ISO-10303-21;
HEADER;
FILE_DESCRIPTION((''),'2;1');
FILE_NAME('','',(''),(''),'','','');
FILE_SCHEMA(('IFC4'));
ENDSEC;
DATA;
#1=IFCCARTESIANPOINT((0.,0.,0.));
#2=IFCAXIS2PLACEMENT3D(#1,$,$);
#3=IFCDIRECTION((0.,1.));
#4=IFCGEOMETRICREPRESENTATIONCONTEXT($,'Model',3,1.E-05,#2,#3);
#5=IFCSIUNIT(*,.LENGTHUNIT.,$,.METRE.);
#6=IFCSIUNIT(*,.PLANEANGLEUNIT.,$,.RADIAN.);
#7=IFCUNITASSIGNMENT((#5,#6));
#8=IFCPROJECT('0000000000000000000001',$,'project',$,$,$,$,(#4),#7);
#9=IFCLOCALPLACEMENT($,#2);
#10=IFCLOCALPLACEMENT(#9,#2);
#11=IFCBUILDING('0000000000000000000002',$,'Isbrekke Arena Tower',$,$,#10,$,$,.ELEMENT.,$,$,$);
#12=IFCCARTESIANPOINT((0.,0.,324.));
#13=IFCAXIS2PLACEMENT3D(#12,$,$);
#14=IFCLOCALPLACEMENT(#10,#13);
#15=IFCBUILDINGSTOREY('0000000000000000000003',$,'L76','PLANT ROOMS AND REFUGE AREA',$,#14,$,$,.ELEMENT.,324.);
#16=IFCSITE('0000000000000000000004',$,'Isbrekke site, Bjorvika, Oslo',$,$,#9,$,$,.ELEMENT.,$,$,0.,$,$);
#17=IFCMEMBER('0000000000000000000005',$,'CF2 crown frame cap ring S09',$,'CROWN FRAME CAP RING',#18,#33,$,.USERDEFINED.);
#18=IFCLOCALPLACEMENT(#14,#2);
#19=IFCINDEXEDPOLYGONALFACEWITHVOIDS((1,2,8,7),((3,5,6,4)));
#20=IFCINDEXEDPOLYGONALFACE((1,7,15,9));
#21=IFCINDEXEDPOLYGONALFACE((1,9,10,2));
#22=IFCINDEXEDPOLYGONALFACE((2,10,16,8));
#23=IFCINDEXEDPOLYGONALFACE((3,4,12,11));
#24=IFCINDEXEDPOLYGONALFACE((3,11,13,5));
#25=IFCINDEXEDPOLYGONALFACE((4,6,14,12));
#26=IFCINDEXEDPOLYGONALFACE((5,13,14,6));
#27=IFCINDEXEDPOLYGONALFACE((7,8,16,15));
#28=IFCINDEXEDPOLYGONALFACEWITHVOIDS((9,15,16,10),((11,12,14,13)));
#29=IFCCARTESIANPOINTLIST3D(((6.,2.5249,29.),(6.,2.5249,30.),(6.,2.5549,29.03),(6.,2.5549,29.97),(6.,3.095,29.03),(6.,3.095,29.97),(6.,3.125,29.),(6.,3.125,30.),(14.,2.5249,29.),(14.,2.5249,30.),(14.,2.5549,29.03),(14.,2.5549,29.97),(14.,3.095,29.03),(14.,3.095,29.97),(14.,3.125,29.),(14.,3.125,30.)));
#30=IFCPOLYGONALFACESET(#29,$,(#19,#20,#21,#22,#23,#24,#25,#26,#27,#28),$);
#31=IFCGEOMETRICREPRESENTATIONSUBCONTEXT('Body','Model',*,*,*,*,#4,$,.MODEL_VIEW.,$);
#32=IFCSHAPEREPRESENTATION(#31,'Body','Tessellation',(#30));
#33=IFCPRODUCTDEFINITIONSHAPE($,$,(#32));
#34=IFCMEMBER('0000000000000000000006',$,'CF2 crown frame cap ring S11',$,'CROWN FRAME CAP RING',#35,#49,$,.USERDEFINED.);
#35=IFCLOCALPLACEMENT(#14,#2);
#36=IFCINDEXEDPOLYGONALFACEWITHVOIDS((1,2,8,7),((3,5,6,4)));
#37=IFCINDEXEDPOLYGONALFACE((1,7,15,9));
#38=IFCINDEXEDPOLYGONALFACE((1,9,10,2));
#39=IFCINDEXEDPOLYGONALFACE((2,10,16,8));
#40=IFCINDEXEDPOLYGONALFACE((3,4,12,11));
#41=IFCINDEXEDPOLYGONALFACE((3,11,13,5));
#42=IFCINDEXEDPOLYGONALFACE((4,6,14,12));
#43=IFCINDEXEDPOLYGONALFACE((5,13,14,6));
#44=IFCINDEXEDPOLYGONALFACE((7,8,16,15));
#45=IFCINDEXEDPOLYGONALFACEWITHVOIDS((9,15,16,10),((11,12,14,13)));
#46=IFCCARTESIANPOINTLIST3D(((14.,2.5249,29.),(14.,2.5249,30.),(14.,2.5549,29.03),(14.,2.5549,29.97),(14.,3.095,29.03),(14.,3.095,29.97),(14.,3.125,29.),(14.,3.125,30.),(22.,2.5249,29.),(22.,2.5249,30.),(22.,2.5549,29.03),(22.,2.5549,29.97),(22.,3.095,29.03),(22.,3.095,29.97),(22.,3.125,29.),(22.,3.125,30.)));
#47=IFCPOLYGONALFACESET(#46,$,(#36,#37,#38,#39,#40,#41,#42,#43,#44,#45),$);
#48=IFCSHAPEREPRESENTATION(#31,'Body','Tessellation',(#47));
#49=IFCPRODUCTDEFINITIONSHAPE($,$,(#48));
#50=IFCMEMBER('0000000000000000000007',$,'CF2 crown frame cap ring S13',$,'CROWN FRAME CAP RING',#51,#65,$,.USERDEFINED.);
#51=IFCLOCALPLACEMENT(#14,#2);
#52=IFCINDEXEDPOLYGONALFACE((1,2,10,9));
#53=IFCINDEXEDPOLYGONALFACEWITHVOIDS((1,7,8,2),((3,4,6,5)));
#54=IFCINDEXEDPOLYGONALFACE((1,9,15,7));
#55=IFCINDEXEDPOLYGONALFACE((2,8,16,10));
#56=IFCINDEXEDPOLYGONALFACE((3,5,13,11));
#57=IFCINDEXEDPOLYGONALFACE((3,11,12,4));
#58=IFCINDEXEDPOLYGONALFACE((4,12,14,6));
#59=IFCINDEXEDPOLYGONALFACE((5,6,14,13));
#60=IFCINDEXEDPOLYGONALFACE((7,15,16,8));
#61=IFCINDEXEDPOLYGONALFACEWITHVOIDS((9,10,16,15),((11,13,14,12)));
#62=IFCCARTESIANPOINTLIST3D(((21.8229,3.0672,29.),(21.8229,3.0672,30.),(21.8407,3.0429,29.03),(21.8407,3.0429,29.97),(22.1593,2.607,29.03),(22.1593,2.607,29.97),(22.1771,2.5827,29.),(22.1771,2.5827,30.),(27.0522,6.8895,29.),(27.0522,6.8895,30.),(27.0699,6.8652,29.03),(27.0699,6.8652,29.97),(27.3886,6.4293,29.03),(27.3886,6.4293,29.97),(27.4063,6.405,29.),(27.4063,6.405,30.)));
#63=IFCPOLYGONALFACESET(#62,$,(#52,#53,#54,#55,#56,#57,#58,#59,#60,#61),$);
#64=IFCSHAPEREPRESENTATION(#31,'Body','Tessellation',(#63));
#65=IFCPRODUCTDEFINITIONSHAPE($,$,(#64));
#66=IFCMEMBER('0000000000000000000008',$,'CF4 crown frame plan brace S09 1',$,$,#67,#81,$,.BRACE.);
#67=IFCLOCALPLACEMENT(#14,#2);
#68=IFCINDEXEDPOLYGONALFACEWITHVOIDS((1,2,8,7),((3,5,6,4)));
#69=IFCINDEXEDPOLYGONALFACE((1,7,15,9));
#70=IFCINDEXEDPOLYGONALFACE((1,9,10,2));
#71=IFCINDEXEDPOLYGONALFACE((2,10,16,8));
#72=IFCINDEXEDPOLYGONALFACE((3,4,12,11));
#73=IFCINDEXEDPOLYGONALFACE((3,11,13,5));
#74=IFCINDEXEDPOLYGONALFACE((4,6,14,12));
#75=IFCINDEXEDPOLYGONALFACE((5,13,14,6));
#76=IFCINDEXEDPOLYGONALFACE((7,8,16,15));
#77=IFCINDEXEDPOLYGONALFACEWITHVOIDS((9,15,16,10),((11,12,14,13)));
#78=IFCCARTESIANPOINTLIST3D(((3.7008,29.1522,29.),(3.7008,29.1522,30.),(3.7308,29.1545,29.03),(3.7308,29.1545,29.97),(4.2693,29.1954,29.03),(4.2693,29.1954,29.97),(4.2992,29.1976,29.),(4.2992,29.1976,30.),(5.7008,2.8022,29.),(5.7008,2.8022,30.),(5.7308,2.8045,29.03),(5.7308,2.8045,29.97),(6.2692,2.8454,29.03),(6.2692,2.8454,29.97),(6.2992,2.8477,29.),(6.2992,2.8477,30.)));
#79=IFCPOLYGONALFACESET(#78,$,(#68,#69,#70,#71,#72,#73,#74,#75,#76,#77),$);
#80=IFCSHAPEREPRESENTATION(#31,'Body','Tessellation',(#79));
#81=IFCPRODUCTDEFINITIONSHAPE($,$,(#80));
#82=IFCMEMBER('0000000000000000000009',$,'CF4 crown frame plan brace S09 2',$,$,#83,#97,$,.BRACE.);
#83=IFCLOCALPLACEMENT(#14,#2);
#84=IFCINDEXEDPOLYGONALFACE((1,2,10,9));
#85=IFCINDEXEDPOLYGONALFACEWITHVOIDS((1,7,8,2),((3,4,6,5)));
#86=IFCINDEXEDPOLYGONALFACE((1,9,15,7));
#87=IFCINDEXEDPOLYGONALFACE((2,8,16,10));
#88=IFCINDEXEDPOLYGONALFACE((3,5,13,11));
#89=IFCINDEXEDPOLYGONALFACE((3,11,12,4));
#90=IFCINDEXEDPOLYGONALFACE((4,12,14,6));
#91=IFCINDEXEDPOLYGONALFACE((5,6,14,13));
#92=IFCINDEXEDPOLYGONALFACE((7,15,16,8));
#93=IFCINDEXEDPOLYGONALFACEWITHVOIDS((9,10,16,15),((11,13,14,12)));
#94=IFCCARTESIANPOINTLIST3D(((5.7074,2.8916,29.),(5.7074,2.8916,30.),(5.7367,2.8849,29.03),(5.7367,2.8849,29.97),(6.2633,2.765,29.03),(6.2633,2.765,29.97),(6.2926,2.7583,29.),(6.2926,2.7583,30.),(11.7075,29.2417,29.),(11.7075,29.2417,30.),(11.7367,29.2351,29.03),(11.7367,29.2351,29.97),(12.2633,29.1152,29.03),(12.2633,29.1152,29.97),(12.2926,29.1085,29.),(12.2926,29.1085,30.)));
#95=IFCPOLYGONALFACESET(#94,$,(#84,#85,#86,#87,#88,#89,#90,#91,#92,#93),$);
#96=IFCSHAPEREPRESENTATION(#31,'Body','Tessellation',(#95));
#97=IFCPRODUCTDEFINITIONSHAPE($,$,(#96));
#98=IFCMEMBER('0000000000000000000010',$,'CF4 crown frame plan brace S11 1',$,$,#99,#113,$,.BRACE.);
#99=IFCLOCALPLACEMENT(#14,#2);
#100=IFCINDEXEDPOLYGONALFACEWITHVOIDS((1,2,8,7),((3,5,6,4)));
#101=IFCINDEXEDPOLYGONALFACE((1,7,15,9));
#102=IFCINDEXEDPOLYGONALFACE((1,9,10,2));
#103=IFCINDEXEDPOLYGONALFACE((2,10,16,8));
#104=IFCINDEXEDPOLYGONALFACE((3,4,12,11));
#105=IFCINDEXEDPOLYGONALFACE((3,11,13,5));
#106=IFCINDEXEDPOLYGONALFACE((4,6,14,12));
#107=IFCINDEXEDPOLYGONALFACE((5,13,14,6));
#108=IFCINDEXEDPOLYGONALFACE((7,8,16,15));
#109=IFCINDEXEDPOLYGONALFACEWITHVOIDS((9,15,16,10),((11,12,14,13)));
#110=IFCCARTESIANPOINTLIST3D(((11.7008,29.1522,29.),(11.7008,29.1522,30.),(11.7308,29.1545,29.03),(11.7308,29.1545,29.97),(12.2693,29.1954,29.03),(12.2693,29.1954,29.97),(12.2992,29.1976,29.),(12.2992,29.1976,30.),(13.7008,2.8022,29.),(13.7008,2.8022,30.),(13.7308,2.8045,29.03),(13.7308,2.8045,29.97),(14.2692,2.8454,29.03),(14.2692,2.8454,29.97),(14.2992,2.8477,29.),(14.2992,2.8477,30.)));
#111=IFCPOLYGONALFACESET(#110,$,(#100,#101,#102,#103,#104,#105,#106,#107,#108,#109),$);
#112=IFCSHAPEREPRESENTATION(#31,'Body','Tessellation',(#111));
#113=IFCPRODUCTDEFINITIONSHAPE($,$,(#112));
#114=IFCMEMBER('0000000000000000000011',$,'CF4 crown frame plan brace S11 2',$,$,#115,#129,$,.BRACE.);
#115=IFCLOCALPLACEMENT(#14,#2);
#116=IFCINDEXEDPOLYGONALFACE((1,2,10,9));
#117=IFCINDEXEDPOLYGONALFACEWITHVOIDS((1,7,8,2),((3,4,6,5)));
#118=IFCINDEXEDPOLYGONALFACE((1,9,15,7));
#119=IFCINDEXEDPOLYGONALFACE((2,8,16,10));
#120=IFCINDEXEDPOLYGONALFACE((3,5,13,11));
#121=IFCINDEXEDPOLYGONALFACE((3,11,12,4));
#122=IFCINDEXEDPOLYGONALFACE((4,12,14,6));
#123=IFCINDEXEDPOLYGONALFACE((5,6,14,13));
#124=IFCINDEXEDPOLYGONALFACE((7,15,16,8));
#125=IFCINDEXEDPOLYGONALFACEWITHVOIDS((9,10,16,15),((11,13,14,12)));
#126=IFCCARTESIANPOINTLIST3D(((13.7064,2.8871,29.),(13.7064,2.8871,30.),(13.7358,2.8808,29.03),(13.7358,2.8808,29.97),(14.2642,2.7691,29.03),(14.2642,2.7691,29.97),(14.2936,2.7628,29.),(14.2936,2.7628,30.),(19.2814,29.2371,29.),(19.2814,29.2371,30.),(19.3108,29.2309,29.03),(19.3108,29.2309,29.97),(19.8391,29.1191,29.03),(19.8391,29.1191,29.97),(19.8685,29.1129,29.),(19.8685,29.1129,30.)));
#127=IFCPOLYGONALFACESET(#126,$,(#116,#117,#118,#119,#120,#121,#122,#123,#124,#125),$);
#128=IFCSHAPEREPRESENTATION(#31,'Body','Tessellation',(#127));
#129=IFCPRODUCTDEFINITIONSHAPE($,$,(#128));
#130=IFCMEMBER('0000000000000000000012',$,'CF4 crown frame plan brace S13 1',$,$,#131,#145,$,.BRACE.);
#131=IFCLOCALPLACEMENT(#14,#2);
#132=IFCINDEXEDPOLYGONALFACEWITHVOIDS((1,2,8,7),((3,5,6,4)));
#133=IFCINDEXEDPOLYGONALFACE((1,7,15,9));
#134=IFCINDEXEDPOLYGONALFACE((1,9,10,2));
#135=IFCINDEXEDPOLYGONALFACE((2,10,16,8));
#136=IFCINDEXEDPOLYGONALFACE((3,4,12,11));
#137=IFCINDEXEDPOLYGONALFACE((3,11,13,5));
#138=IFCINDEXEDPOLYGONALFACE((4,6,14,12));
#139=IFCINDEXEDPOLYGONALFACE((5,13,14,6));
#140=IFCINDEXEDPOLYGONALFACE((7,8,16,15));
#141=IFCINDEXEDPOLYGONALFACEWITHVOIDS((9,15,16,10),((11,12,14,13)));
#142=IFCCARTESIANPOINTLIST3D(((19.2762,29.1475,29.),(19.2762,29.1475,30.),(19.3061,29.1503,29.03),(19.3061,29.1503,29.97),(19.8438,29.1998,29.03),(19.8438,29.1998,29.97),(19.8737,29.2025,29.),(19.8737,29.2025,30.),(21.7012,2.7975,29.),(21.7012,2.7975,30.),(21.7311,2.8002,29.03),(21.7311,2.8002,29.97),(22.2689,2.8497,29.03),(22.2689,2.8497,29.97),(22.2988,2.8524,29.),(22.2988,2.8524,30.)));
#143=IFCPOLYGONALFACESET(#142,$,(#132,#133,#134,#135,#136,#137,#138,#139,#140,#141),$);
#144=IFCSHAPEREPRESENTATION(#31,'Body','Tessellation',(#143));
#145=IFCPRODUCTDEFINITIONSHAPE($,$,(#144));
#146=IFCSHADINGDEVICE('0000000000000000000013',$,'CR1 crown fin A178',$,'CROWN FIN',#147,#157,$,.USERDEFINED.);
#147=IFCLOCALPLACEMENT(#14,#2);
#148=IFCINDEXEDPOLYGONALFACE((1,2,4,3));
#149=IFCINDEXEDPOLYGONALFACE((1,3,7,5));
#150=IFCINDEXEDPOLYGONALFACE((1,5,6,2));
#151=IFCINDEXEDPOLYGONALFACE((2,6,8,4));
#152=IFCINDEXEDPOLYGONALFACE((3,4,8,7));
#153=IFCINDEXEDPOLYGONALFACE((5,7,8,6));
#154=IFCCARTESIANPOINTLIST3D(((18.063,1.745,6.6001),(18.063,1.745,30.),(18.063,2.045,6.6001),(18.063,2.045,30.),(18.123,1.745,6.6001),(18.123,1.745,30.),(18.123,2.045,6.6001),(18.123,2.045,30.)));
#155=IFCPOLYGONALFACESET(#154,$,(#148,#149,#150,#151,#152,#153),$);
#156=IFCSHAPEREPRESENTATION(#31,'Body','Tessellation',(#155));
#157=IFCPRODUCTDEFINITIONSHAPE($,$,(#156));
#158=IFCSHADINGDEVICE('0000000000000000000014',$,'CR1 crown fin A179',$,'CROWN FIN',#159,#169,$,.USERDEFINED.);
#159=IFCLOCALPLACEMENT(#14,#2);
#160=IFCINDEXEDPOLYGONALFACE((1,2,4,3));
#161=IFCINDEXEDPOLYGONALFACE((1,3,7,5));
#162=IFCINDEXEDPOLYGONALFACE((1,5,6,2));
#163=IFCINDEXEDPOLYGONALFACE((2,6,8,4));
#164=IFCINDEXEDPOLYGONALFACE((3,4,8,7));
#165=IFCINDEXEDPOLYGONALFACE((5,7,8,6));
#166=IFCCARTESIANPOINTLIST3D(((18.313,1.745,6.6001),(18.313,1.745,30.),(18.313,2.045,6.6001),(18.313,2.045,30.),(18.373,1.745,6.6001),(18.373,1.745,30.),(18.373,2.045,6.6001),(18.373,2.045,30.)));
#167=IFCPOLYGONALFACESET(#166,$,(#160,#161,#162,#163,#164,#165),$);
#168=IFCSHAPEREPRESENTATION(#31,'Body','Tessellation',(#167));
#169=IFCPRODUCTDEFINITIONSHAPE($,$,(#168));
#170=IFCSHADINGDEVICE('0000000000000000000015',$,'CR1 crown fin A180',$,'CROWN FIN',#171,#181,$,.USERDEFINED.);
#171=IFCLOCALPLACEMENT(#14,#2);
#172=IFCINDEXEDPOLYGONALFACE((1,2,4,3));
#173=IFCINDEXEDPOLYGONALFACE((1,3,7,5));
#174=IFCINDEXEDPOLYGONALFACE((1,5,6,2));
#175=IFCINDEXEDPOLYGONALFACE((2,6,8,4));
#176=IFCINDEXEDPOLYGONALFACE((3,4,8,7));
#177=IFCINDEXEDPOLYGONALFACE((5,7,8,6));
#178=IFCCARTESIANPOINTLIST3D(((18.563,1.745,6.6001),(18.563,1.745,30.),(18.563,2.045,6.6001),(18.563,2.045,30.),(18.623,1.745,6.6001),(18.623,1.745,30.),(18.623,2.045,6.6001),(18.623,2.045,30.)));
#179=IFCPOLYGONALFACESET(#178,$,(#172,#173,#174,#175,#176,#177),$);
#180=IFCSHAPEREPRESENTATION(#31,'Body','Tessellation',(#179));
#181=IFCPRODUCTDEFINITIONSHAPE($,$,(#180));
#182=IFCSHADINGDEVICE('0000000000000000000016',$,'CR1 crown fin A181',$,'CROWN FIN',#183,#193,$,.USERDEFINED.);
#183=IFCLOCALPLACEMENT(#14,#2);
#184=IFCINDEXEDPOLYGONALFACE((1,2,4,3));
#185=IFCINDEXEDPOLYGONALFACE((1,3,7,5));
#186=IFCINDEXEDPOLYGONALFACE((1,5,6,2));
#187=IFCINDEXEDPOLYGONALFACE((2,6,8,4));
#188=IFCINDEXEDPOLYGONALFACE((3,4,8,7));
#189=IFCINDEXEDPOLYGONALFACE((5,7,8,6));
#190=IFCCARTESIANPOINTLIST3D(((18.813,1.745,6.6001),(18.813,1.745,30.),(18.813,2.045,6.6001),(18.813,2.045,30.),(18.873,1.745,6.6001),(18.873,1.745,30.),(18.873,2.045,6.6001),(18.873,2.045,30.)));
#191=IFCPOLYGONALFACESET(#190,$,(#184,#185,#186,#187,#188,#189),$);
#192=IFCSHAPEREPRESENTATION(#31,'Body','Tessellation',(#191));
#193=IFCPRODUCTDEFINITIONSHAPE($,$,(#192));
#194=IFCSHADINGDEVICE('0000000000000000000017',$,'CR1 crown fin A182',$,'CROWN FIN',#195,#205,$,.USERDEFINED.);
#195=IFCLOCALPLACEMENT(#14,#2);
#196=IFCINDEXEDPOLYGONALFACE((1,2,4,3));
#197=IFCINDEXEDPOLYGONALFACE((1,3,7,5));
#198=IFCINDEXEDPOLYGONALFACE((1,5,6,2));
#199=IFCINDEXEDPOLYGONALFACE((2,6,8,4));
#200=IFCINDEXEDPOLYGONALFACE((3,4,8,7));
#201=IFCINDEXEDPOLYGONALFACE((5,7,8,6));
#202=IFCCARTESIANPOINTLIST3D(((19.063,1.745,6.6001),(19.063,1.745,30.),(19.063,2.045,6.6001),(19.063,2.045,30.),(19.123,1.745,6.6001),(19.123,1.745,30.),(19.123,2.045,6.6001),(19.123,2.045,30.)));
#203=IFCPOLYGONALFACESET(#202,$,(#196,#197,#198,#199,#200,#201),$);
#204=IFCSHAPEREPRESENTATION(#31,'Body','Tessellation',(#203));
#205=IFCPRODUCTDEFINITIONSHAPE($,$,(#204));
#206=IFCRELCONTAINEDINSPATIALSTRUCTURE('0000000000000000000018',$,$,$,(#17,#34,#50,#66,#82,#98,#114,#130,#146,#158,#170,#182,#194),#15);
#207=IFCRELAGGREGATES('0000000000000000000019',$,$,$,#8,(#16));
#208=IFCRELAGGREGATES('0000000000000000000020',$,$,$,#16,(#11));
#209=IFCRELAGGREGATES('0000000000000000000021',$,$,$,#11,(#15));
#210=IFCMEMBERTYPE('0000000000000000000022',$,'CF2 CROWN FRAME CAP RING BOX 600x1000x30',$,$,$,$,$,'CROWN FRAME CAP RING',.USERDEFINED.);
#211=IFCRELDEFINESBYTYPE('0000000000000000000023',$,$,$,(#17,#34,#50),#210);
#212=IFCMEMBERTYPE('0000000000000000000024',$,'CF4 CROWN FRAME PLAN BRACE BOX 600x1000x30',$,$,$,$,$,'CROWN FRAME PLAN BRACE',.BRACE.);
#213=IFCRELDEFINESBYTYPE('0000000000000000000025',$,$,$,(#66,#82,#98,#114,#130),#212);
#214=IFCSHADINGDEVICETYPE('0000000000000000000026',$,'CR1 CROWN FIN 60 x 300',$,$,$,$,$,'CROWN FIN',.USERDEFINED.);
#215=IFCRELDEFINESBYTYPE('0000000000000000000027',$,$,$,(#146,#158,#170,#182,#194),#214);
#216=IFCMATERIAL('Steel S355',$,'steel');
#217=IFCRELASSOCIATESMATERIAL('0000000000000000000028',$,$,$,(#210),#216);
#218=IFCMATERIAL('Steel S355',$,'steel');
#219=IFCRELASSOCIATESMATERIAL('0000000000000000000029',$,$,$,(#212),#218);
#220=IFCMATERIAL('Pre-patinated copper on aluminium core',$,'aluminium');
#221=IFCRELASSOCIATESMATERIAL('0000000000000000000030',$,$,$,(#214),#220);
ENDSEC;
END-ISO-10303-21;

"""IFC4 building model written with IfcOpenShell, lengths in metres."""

from ifc_helpers import new_model, si_unit, direction, frame, origin, origin_2d, place, context, subcontext, project, spatial, rectangle, hollow_rectangle, extrude, material, material_profile, profile_set, type_object, element, save


model = new_model("IFC4")

# Units and contexts
model_context = context("Model", 3, precision=1e-05, world=origin(), true_north=direction((0.0, 1.0)))
body_context = subcontext(model_context, "Body", "Model", "MODEL_VIEW")
ifc_project = project(units=[si_unit("LENGTHUNIT", "METRE"), si_unit("PLANEANGLEUNIT", "RADIAN")], contexts=[model_context])

# Site, building, storey
site_placement = place(None, origin())
site = spatial("IfcSite", under=ifc_project, at=site_placement, Name="Isbrekke site, Bjorvika, Oslo", CompositionType="ELEMENT", RefElevation=0.0)
building_placement = place(site_placement, origin())
building = spatial("IfcBuilding", under=site, at=building_placement, Name="Isbrekke Arena Tower", CompositionType="ELEMENT")
storey_placement = place(building_placement, frame((0.0, 0.0, 324.0)))
storey = spatial("IfcBuildingStorey", under=building, at=storey_placement, Name="L76", Description="PLANT ROOMS AND REFUGE AREA", CompositionType="ELEMENT", Elevation=324.0)

# Members
ifc_material_1 = material(Name="Steel S355", Category="steel")
ifc_material_profile_1 = material_profile(ifc_material_1, hollow_rectangle(XDim=0.6001, YDim=1.0, WallThickness=0.03, at=origin_2d()), Name="BOX 600x1000x30")
ifc_profile_set_1 = profile_set([ifc_material_profile_1], Name="Steel S355")
member_type_1 = type_object("IfcMemberType", Name="CF2 CROWN FRAME CAP RING BOX 600x1000x30", ElementType="CROWN FRAME CAP RING", PredefinedType="USERDEFINED", material=ifc_profile_set_1)
for number, where, z_axis, x_axis, name in (
    (1, (6.0, 2.825, 29.5), (1.0, 0.0, 0.0), (0.0, 1.0, 0.0), "CF2 crown frame cap ring S09"),
    (2, (14.0, 2.825, 29.5), (1.0, 0.0, 0.0), (0.0, 1.0, 0.0), "CF2 crown frame cap ring S11"),
):
    element("IfcMember", number, at=place(storey_placement, frame(where, z_axis=z_axis, x_axis=x_axis)), inside=storey, type_object=member_type_1, Name=name, ObjectType="CROWN FRAME CAP RING", PredefinedType="USERDEFINED", context=body_context, shape_type="SweptSolid", body=[
        extrude(hollow_rectangle(XDim=0.6001, YDim=1.0, WallThickness=0.03, at=origin_2d()), origin(), (0.0, 0.0, 1.0), 8.0),
    ])
member_1_placement = place(storey_placement, frame((22.0, 2.825, 29.5), z_axis=(0.807326, 0.590106, 0.0), x_axis=(-0.590106, 0.807326, 0.0)))
element("IfcMember", 3, at=member_1_placement, inside=storey, type_object=member_type_1, Name="CF2 crown frame cap ring S13", ObjectType="CROWN FRAME CAP RING", PredefinedType="USERDEFINED", context=body_context, shape_type="SweptSolid", body=[
    extrude(hollow_rectangle(XDim=0.6001, YDim=1.0, WallThickness=0.03, at=origin_2d()), origin(), (0.0, 0.0, 1.0), 6.4773),
])
ifc_material_2 = material(Name="Steel S355", Category="steel")
ifc_material_profile_2 = material_profile(ifc_material_2, hollow_rectangle(XDim=0.6001, YDim=1.0, WallThickness=0.03, at=origin_2d()), Name="BOX 600x1000x30")
ifc_profile_set_2 = profile_set([ifc_material_profile_2], Name="Steel S355")
member_type_2 = type_object("IfcMemberType", Name="CF4 CROWN FRAME PLAN BRACE BOX 600x1000x30", ElementType="CROWN FRAME PLAN BRACE", PredefinedType="BRACE", material=ifc_profile_set_2)
member_2_placement = place(storey_placement, frame((6.0, 2.825, 29.5), z_axis=(-0.075683, 0.997132, 0.0), x_axis=(-0.997132, -0.075683, 0.0)))
element("IfcMember", 4, at=member_2_placement, inside=storey, type_object=member_type_2, Name="CF4 crown frame plan brace S09 1", PredefinedType="BRACE", context=body_context, shape_type="SweptSolid", body=[
    extrude(hollow_rectangle(XDim=0.6001, YDim=1.0, WallThickness=0.03, at=origin_2d()), origin(), (0.0, 0.0, 1.0), 26.4258),
])
member_3_placement = place(storey_placement, frame((6.0, 2.825, 29.5), z_axis=(0.22202, 0.975042, 0.0), x_axis=(-0.975042, 0.22202, 0.0)))
element("IfcMember", 5, at=member_3_placement, inside=storey, type_object=member_type_2, Name="CF4 crown frame plan brace S09 2", PredefinedType="BRACE", context=body_context, shape_type="SweptSolid", body=[
    extrude(hollow_rectangle(XDim=0.6001, YDim=1.0, WallThickness=0.03, at=origin_2d()), origin(), (0.0, 0.0, 1.0), 27.0247),
])
member_4_placement = place(storey_placement, frame((14.0, 2.825, 29.5), z_axis=(-0.075683, 0.997132, 0.0), x_axis=(-0.997132, -0.075683, 0.0)))
element("IfcMember", 6, at=member_4_placement, inside=storey, type_object=member_type_2, Name="CF4 crown frame plan brace S11 1", PredefinedType="BRACE", context=body_context, shape_type="SweptSolid", body=[
    extrude(hollow_rectangle(XDim=0.6001, YDim=1.0, WallThickness=0.03, at=origin_2d()), origin(), (0.0, 0.0, 1.0), 26.4258),
])
member_5_placement = place(storey_placement, frame((14.0, 2.825, 29.5), z_axis=(0.20699, 0.978343, 0.0), x_axis=(-0.978343, 0.20699, 0.0)))
element("IfcMember", 7, at=member_5_placement, inside=storey, type_object=member_type_2, Name="CF4 crown frame plan brace S11 2", PredefinedType="BRACE", context=body_context, shape_type="SweptSolid", body=[
    extrude(hollow_rectangle(XDim=0.6001, YDim=1.0, WallThickness=0.03, at=origin_2d()), origin(), (0.0, 0.0, 1.0), 26.9333),
])
member_6_placement = place(storey_placement, frame((22.0, 2.825, 29.5), z_axis=(-0.091645, 0.995792, 0.0), x_axis=(-0.995792, -0.091645, 0.0)))
element("IfcMember", 8, at=member_6_placement, inside=storey, type_object=member_type_2, Name="CF4 crown frame plan brace S13 1", PredefinedType="BRACE", context=body_context, shape_type="SweptSolid", body=[
    extrude(hollow_rectangle(XDim=0.6001, YDim=1.0, WallThickness=0.03, at=origin_2d()), origin(), (0.0, 0.0, 1.0), 26.4614),
])

# Shading devices
ifc_material_3 = material(Name="Pre-patinated copper on aluminium core", Category="aluminium")
ifc_material_profile_3 = material_profile(ifc_material_3, rectangle(XDim=0.0601, YDim=0.3, at=origin_2d()), Name="FIN 60X300")
ifc_profile_set_3 = profile_set([ifc_material_profile_3], Name="Pre-patinated copper on aluminium core")
shading_device_type = type_object("IfcShadingDeviceType", Name="CR1 CROWN FIN 60 x 300", ElementType="CROWN FIN", PredefinedType="USERDEFINED", material=ifc_profile_set_3)
for number, where, z_axis, x_axis, name in (
    (9, (18.093, 1.895, 6.6001), (0.0, 0.0, 1.0), (1.0, 0.0, 0.0), "CR1 crown fin A178"),
    (10, (18.343, 1.895, 6.6001), (0.0, 0.0, 1.0), (1.0, 0.0, 0.0), "CR1 crown fin A179"),
    (11, (18.593, 1.895, 6.6001), (0.0, 0.0, 1.0), (1.0, 0.0, 0.0), "CR1 crown fin A180"),
    (12, (18.843, 1.895, 6.6001), (0.0, 0.0, 1.0), (1.0, 0.0, 0.0), "CR1 crown fin A181"),
    (13, (19.093, 1.895, 6.6001), (0.0, 0.0, 1.0), (1.0, 0.0, 0.0), "CR1 crown fin A182"),
):
    element("IfcShadingDevice", number, at=place(storey_placement, frame(where, z_axis=z_axis, x_axis=x_axis)), inside=storey, type_object=shading_device_type, Name=name, ObjectType="CROWN FIN", PredefinedType="USERDEFINED", context=body_context, shape_type="SweptSolid", body=[
        extrude(rectangle(XDim=0.0601, YDim=0.3, at=origin_2d()), origin(), (0.0, 0.0, 1.0), 23.3999),
    ])

save(model, "model.ifc")
